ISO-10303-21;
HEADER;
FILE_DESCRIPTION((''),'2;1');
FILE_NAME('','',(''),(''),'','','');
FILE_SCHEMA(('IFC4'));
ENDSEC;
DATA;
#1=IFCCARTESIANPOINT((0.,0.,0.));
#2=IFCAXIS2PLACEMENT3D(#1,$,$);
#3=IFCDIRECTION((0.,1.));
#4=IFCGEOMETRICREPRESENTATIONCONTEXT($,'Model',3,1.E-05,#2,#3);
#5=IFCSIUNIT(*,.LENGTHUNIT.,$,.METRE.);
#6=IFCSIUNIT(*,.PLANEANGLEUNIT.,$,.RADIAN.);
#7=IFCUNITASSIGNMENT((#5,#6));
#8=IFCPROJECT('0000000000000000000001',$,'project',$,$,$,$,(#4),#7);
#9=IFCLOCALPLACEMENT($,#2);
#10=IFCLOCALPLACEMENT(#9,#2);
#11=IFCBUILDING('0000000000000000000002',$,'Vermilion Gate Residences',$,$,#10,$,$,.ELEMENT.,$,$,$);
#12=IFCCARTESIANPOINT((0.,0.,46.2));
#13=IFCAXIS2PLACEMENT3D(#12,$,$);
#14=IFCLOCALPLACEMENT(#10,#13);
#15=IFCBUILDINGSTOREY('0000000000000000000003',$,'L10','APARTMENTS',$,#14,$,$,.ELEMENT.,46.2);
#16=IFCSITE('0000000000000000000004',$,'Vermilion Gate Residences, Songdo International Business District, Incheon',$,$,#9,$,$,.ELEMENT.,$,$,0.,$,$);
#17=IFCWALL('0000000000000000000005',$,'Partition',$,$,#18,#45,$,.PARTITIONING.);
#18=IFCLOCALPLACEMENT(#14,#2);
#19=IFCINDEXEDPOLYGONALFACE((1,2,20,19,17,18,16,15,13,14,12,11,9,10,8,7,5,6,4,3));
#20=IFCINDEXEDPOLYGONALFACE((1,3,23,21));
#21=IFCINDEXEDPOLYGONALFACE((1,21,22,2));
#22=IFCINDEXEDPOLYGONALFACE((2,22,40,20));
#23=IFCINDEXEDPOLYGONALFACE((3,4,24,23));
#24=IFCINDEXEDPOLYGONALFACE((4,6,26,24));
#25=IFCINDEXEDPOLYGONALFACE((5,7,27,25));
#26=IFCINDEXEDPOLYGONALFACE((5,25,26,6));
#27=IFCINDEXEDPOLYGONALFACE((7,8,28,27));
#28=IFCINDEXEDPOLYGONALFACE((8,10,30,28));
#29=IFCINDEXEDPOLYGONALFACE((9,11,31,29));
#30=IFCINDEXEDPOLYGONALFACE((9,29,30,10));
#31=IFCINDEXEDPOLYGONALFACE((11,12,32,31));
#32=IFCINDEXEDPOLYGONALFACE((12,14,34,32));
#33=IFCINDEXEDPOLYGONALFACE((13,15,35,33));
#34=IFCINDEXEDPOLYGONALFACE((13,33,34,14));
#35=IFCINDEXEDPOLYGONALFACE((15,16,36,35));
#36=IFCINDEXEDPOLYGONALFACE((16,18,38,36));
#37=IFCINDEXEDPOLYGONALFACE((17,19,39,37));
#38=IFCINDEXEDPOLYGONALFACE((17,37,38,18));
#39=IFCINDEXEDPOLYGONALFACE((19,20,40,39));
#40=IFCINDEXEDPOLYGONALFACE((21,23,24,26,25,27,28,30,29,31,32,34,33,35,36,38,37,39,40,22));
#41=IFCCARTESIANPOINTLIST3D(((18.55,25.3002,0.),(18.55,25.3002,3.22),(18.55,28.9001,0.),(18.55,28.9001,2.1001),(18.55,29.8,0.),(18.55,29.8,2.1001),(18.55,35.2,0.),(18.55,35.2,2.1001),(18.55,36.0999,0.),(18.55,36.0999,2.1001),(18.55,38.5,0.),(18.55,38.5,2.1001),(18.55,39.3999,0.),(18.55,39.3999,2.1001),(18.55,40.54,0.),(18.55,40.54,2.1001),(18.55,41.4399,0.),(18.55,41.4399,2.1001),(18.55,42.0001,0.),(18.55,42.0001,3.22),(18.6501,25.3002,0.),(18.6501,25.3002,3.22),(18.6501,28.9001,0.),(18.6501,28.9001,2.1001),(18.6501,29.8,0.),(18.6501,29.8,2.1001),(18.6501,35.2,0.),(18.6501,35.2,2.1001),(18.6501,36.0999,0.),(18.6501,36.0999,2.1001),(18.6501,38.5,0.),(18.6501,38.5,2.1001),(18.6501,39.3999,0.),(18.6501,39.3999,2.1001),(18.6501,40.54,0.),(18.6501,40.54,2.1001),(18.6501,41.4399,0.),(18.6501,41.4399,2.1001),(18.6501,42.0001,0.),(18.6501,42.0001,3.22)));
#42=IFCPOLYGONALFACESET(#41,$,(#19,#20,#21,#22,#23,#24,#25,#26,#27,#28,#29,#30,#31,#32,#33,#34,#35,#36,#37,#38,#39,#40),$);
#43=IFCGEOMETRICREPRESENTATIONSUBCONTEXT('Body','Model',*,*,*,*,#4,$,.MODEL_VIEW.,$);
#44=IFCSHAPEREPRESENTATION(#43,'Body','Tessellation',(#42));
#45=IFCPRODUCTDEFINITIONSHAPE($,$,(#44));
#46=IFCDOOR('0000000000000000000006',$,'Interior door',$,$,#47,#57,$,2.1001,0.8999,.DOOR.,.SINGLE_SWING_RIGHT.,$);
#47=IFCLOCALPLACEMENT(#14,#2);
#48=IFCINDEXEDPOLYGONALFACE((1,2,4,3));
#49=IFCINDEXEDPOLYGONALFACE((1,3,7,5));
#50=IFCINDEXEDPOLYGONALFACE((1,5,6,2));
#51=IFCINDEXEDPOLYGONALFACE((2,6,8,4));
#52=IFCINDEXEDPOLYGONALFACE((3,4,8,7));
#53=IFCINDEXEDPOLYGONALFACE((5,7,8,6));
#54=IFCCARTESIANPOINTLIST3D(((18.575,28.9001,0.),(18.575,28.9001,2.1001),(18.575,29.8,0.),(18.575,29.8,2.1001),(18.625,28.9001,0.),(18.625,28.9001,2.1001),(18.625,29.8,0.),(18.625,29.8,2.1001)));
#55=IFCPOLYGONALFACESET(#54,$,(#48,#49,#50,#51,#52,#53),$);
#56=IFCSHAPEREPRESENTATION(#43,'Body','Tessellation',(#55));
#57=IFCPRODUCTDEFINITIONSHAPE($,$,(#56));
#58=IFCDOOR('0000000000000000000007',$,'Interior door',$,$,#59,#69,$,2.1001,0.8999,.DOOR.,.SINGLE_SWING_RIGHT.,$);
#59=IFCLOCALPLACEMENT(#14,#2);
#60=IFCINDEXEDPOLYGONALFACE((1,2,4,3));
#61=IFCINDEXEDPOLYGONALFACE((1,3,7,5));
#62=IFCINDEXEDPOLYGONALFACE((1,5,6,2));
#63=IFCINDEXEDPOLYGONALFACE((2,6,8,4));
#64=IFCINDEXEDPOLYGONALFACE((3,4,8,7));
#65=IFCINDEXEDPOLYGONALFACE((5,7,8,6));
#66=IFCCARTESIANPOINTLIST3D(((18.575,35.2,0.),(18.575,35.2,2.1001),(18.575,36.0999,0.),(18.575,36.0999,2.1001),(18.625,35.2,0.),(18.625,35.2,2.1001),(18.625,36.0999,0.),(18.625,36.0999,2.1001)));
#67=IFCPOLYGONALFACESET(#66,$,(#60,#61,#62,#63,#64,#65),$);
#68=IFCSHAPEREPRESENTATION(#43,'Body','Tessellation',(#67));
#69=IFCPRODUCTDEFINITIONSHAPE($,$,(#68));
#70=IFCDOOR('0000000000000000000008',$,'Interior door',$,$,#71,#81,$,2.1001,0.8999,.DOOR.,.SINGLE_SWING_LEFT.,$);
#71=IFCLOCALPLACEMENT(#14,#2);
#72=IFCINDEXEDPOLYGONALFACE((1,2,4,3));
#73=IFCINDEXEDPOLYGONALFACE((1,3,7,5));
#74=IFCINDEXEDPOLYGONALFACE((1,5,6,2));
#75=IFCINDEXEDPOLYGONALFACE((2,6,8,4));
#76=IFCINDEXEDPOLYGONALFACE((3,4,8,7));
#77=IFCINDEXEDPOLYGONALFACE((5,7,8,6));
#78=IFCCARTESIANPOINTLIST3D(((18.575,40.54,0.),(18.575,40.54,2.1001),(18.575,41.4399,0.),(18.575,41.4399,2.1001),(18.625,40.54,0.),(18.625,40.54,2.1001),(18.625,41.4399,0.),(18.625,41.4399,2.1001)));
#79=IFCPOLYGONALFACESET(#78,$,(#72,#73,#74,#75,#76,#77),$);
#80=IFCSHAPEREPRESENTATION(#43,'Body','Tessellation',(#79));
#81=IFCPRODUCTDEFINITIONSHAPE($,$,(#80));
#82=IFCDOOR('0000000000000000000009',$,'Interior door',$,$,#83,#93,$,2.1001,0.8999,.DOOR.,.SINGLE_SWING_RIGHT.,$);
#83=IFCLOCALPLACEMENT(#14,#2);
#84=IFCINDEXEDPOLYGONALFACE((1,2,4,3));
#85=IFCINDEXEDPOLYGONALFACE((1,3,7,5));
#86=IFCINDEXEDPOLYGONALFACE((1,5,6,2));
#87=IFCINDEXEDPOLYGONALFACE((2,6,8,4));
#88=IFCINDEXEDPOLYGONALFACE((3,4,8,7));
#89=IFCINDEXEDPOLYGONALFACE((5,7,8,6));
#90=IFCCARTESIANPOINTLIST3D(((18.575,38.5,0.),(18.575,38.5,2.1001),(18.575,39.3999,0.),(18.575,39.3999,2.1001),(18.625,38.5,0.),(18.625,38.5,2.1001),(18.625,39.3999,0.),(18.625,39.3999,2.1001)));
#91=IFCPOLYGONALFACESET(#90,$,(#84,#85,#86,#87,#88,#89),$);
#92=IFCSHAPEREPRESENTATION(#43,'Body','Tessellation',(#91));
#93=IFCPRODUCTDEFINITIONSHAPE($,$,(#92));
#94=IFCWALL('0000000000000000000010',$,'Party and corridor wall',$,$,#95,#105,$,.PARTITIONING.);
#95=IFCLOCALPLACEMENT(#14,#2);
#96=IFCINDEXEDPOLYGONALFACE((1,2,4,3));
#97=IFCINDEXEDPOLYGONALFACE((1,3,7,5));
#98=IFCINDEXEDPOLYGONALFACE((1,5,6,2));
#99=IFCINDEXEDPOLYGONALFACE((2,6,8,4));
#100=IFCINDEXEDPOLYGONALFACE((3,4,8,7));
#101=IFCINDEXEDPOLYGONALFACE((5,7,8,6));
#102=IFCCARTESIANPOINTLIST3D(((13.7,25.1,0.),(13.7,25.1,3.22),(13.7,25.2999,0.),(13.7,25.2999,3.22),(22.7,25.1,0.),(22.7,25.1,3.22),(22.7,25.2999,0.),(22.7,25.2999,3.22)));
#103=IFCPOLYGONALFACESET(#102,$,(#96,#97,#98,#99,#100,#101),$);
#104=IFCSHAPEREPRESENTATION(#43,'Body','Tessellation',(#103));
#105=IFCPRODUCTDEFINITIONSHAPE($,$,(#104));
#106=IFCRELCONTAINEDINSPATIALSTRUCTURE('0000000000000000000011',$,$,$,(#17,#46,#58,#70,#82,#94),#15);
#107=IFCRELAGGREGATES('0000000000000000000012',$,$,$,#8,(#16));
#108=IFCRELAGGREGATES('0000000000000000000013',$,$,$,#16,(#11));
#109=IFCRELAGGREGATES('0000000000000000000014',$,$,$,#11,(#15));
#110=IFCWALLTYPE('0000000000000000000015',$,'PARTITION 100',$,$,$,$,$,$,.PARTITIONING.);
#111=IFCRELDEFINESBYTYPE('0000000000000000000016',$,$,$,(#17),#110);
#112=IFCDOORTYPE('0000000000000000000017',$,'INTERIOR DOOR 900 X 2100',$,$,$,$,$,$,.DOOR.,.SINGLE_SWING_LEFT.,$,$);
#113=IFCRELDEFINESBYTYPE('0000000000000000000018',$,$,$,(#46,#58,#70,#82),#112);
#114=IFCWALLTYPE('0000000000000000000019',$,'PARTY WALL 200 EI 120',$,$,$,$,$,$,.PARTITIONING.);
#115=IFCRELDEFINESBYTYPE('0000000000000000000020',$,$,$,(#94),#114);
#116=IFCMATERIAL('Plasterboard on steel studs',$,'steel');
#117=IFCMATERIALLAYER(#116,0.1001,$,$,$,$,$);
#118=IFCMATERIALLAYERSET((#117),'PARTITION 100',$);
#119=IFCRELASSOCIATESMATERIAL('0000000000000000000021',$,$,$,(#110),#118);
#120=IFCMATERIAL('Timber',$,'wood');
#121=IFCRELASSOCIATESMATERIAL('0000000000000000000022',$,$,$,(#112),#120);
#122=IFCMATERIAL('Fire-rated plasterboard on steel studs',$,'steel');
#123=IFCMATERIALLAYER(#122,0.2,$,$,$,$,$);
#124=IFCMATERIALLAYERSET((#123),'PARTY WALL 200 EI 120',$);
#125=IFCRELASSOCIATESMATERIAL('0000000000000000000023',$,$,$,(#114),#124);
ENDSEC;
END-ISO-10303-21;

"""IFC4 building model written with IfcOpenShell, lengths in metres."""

from ifc_helpers import new_model, si_unit, direction, frame, frame_2d, origin, place, context, subcontext, project, spatial, rectangle, extrude, material, layer, layer_set, type_object, element, fill, save


model = new_model("IFC4")

# Units and contexts
model_context = context("Model", 3, precision=1e-05, world=origin(), true_north=direction((0.0, 1.0)))
body_context = subcontext(model_context, "Body", "Model", "MODEL_VIEW")
ifc_project = project(units=[si_unit("LENGTHUNIT", "METRE"), si_unit("PLANEANGLEUNIT", "RADIAN")], contexts=[model_context])

# Site, building, storey
site_placement = place(None, origin())
site = spatial("IfcSite", under=ifc_project, at=site_placement, Name="Vermilion Gate Residences, Songdo International Business District, Incheon", CompositionType="ELEMENT", RefElevation=0.0)
building_placement = place(site_placement, origin())
building = spatial("IfcBuilding", under=site, at=building_placement, Name="Vermilion Gate Residences", CompositionType="ELEMENT")
storey_placement = place(building_placement, frame((0.0, 0.0, 46.2)))
storey = spatial("IfcBuildingStorey", under=building, at=storey_placement, Name="L10", Description="APARTMENTS", CompositionType="ELEMENT", Elevation=46.2)

# Wall, openings, doors
ifc_material_1 = material(Name="Plasterboard on steel studs", Category="steel")
ifc_layer_1 = layer(ifc_material_1, 0.1001)
ifc_layer_set_1 = layer_set([ifc_layer_1], Name="PARTITION 100")
wall_type_1 = type_object("IfcWallType", Name="PARTITION 100", PredefinedType="PARTITIONING", material=ifc_layer_set_1)
ifc_material_2 = material(Name="Timber", Category="wood")
door_type_1 = type_object("IfcDoorType", Name="INTERIOR DOOR 900 X 2100", OperationType="SINGLE_SWING_LEFT", PredefinedType="DOOR", material=ifc_material_2)
wall_1_placement = place(storey_placement, frame((18.6001, 25.3, 0.0), z_axis=(0.0, 0.0, 1.0), x_axis=(0.0, 1.0, 0.0)))
wall_1 = element("IfcWall", 1, at=wall_1_placement, inside=storey, type_object=wall_type_1, Name="Partition", PredefinedType="PARTITIONING", context=body_context, shape_type="SweptSolid", body=[
    extrude(rectangle(XDim=16.7, YDim=0.1001, at=frame_2d((8.3501, 0.0))), origin(), (0.0, 0.0, 1.0), 3.22),
])
opening_1_placement = place(wall_1_placement, frame((3.6001, 0.0, 0.0)))
opening_1 = element("IfcOpeningElement", 2, at=opening_1_placement, cuts=wall_1, PredefinedType="OPENING", context=body_context, shape_type="SweptSolid", body=[
    extrude(rectangle(XDim=0.8999, YDim=2.1001, at=frame_2d((0.45, 1.05))), frame((0.0, 0.0601, 0.0), z_axis=(0.0, -1.0, 0.0), x_axis=(1.0, 0.0, 0.0)), (0.0, 0.0, 1.0), 0.1201),
])
opening_2_placement = place(wall_1_placement, frame((9.8999, 0.0, 0.0)))
opening_2 = element("IfcOpeningElement", 3, at=opening_2_placement, cuts=wall_1, PredefinedType="OPENING", context=body_context, shape_type="SweptSolid", body=[
    extrude(rectangle(XDim=0.8999, YDim=2.1001, at=frame_2d((0.45, 1.05))), frame((0.0, 0.0601, 0.0), z_axis=(0.0, -1.0, 0.0), x_axis=(1.0, 0.0, 0.0)), (0.0, 0.0, 1.0), 0.1201),
])
opening_3_placement = place(wall_1_placement, frame((15.24, 0.0, 0.0)))
opening_3 = element("IfcOpeningElement", 4, at=opening_3_placement, cuts=wall_1, PredefinedType="OPENING", context=body_context, shape_type="SweptSolid", body=[
    extrude(rectangle(XDim=0.8999, YDim=2.1001, at=frame_2d((0.45, 1.05))), frame((0.0, 0.0601, 0.0), z_axis=(0.0, -1.0, 0.0), x_axis=(1.0, 0.0, 0.0)), (0.0, 0.0, 1.0), 0.1201),
])
opening_4_placement = place(wall_1_placement, frame((13.2, 0.0, 0.0)))
opening_4 = element("IfcOpeningElement", 5, at=opening_4_placement, cuts=wall_1, PredefinedType="OPENING", context=body_context, shape_type="SweptSolid", body=[
    extrude(rectangle(XDim=0.8999, YDim=2.1001, at=frame_2d((0.45, 1.05))), frame((0.0, 0.0601, 0.0), z_axis=(0.0, -1.0, 0.0), x_axis=(1.0, 0.0, 0.0)), (0.0, 0.0, 1.0), 0.1201),
])
door_1_placement = place(opening_1_placement, frame((0.8999, 0.0, 0.0), z_axis=(0.0, 0.0, 1.0), x_axis=(-1.0, 0.0, 0.0)))
door_1 = element("IfcDoor", 6, at=door_1_placement, inside=storey, type_object=door_type_1, Name="Interior door", OperationType="SINGLE_SWING_RIGHT", OverallHeight=2.1001, OverallWidth=0.8999, PredefinedType="DOOR", context=body_context, shape_type="SweptSolid", body=[
    extrude(rectangle(XDim=0.8999, YDim=2.1001, at=frame_2d((0.45, 1.05))), frame((0.0, 0.0249, 0.0), z_axis=(0.0, -1.0, 0.0), x_axis=(1.0, 0.0, 0.0)), (0.0, 0.0, 1.0), 0.05),
])
fill(opening_1, door_1)
door_2_placement = place(opening_2_placement, frame((0.8999, 0.0, 0.0), z_axis=(0.0, 0.0, 1.0), x_axis=(-1.0, 0.0, 0.0)))
door_2 = element("IfcDoor", 7, at=door_2_placement, inside=storey, type_object=door_type_1, Name="Interior door", OperationType="SINGLE_SWING_RIGHT", OverallHeight=2.1001, OverallWidth=0.8999, PredefinedType="DOOR", context=body_context, shape_type="SweptSolid", body=[
    extrude(rectangle(XDim=0.8999, YDim=2.1001, at=frame_2d((0.45, 1.05))), frame((0.0, 0.0249, 0.0), z_axis=(0.0, -1.0, 0.0), x_axis=(1.0, 0.0, 0.0)), (0.0, 0.0, 1.0), 0.05),
])
fill(opening_2, door_2)
door_3_placement = place(opening_3_placement, frame((0.8999, 0.0, 0.0), z_axis=(0.0, 0.0, 1.0), x_axis=(-1.0, 0.0, 0.0)))
door_3 = element("IfcDoor", 8, at=door_3_placement, inside=storey, type_object=door_type_1, Name="Interior door", OperationType="SINGLE_SWING_LEFT", OverallHeight=2.1001, OverallWidth=0.8999, PredefinedType="DOOR", context=body_context, shape_type="SweptSolid", body=[
    extrude(rectangle(XDim=0.8999, YDim=2.1001, at=frame_2d((0.45, 1.05))), frame((0.0, 0.0249, 0.0), z_axis=(0.0, -1.0, 0.0), x_axis=(1.0, 0.0, 0.0)), (0.0, 0.0, 1.0), 0.05),
])
fill(opening_3, door_3)
door_4_placement = place(opening_4_placement, frame((0.8999, 0.0, 0.0), z_axis=(0.0, 0.0, 1.0), x_axis=(-1.0, 0.0, 0.0)))
door_4 = element("IfcDoor", 9, at=door_4_placement, inside=storey, type_object=door_type_1, Name="Interior door", OperationType="SINGLE_SWING_RIGHT", OverallHeight=2.1001, OverallWidth=0.8999, PredefinedType="DOOR", context=body_context, shape_type="SweptSolid", body=[
    extrude(rectangle(XDim=0.8999, YDim=2.1001, at=frame_2d((0.45, 1.05))), frame((0.0, 0.0249, 0.0), z_axis=(0.0, -1.0, 0.0), x_axis=(1.0, 0.0, 0.0)), (0.0, 0.0, 1.0), 0.05),
])
fill(opening_4, door_4)

# Wall
ifc_material_3 = material(Name="Fire-rated plasterboard on steel studs", Category="steel")
ifc_layer_2 = layer(ifc_material_3, 0.2)
ifc_layer_set_2 = layer_set([ifc_layer_2], Name="PARTY WALL 200 EI 120")
wall_type_2 = type_object("IfcWallType", Name="PARTY WALL 200 EI 120", PredefinedType="PARTITIONING", material=ifc_layer_set_2)
wall_2_placement = place(storey_placement, frame((13.7, 25.2, 0.0), z_axis=(0.0, 0.0, 1.0), x_axis=(1.0, 0.0, 0.0)))
element("IfcWall", 10, at=wall_2_placement, inside=storey, type_object=wall_type_2, Name="Party and corridor wall", PredefinedType="PARTITIONING", context=body_context, shape_type="SweptSolid", body=[
    extrude(rectangle(XDim=9.0, YDim=0.2, at=frame_2d((4.5, 0.0))), origin(), (0.0, 0.0, 1.0), 3.22),
])

save(model, "model.ifc")
